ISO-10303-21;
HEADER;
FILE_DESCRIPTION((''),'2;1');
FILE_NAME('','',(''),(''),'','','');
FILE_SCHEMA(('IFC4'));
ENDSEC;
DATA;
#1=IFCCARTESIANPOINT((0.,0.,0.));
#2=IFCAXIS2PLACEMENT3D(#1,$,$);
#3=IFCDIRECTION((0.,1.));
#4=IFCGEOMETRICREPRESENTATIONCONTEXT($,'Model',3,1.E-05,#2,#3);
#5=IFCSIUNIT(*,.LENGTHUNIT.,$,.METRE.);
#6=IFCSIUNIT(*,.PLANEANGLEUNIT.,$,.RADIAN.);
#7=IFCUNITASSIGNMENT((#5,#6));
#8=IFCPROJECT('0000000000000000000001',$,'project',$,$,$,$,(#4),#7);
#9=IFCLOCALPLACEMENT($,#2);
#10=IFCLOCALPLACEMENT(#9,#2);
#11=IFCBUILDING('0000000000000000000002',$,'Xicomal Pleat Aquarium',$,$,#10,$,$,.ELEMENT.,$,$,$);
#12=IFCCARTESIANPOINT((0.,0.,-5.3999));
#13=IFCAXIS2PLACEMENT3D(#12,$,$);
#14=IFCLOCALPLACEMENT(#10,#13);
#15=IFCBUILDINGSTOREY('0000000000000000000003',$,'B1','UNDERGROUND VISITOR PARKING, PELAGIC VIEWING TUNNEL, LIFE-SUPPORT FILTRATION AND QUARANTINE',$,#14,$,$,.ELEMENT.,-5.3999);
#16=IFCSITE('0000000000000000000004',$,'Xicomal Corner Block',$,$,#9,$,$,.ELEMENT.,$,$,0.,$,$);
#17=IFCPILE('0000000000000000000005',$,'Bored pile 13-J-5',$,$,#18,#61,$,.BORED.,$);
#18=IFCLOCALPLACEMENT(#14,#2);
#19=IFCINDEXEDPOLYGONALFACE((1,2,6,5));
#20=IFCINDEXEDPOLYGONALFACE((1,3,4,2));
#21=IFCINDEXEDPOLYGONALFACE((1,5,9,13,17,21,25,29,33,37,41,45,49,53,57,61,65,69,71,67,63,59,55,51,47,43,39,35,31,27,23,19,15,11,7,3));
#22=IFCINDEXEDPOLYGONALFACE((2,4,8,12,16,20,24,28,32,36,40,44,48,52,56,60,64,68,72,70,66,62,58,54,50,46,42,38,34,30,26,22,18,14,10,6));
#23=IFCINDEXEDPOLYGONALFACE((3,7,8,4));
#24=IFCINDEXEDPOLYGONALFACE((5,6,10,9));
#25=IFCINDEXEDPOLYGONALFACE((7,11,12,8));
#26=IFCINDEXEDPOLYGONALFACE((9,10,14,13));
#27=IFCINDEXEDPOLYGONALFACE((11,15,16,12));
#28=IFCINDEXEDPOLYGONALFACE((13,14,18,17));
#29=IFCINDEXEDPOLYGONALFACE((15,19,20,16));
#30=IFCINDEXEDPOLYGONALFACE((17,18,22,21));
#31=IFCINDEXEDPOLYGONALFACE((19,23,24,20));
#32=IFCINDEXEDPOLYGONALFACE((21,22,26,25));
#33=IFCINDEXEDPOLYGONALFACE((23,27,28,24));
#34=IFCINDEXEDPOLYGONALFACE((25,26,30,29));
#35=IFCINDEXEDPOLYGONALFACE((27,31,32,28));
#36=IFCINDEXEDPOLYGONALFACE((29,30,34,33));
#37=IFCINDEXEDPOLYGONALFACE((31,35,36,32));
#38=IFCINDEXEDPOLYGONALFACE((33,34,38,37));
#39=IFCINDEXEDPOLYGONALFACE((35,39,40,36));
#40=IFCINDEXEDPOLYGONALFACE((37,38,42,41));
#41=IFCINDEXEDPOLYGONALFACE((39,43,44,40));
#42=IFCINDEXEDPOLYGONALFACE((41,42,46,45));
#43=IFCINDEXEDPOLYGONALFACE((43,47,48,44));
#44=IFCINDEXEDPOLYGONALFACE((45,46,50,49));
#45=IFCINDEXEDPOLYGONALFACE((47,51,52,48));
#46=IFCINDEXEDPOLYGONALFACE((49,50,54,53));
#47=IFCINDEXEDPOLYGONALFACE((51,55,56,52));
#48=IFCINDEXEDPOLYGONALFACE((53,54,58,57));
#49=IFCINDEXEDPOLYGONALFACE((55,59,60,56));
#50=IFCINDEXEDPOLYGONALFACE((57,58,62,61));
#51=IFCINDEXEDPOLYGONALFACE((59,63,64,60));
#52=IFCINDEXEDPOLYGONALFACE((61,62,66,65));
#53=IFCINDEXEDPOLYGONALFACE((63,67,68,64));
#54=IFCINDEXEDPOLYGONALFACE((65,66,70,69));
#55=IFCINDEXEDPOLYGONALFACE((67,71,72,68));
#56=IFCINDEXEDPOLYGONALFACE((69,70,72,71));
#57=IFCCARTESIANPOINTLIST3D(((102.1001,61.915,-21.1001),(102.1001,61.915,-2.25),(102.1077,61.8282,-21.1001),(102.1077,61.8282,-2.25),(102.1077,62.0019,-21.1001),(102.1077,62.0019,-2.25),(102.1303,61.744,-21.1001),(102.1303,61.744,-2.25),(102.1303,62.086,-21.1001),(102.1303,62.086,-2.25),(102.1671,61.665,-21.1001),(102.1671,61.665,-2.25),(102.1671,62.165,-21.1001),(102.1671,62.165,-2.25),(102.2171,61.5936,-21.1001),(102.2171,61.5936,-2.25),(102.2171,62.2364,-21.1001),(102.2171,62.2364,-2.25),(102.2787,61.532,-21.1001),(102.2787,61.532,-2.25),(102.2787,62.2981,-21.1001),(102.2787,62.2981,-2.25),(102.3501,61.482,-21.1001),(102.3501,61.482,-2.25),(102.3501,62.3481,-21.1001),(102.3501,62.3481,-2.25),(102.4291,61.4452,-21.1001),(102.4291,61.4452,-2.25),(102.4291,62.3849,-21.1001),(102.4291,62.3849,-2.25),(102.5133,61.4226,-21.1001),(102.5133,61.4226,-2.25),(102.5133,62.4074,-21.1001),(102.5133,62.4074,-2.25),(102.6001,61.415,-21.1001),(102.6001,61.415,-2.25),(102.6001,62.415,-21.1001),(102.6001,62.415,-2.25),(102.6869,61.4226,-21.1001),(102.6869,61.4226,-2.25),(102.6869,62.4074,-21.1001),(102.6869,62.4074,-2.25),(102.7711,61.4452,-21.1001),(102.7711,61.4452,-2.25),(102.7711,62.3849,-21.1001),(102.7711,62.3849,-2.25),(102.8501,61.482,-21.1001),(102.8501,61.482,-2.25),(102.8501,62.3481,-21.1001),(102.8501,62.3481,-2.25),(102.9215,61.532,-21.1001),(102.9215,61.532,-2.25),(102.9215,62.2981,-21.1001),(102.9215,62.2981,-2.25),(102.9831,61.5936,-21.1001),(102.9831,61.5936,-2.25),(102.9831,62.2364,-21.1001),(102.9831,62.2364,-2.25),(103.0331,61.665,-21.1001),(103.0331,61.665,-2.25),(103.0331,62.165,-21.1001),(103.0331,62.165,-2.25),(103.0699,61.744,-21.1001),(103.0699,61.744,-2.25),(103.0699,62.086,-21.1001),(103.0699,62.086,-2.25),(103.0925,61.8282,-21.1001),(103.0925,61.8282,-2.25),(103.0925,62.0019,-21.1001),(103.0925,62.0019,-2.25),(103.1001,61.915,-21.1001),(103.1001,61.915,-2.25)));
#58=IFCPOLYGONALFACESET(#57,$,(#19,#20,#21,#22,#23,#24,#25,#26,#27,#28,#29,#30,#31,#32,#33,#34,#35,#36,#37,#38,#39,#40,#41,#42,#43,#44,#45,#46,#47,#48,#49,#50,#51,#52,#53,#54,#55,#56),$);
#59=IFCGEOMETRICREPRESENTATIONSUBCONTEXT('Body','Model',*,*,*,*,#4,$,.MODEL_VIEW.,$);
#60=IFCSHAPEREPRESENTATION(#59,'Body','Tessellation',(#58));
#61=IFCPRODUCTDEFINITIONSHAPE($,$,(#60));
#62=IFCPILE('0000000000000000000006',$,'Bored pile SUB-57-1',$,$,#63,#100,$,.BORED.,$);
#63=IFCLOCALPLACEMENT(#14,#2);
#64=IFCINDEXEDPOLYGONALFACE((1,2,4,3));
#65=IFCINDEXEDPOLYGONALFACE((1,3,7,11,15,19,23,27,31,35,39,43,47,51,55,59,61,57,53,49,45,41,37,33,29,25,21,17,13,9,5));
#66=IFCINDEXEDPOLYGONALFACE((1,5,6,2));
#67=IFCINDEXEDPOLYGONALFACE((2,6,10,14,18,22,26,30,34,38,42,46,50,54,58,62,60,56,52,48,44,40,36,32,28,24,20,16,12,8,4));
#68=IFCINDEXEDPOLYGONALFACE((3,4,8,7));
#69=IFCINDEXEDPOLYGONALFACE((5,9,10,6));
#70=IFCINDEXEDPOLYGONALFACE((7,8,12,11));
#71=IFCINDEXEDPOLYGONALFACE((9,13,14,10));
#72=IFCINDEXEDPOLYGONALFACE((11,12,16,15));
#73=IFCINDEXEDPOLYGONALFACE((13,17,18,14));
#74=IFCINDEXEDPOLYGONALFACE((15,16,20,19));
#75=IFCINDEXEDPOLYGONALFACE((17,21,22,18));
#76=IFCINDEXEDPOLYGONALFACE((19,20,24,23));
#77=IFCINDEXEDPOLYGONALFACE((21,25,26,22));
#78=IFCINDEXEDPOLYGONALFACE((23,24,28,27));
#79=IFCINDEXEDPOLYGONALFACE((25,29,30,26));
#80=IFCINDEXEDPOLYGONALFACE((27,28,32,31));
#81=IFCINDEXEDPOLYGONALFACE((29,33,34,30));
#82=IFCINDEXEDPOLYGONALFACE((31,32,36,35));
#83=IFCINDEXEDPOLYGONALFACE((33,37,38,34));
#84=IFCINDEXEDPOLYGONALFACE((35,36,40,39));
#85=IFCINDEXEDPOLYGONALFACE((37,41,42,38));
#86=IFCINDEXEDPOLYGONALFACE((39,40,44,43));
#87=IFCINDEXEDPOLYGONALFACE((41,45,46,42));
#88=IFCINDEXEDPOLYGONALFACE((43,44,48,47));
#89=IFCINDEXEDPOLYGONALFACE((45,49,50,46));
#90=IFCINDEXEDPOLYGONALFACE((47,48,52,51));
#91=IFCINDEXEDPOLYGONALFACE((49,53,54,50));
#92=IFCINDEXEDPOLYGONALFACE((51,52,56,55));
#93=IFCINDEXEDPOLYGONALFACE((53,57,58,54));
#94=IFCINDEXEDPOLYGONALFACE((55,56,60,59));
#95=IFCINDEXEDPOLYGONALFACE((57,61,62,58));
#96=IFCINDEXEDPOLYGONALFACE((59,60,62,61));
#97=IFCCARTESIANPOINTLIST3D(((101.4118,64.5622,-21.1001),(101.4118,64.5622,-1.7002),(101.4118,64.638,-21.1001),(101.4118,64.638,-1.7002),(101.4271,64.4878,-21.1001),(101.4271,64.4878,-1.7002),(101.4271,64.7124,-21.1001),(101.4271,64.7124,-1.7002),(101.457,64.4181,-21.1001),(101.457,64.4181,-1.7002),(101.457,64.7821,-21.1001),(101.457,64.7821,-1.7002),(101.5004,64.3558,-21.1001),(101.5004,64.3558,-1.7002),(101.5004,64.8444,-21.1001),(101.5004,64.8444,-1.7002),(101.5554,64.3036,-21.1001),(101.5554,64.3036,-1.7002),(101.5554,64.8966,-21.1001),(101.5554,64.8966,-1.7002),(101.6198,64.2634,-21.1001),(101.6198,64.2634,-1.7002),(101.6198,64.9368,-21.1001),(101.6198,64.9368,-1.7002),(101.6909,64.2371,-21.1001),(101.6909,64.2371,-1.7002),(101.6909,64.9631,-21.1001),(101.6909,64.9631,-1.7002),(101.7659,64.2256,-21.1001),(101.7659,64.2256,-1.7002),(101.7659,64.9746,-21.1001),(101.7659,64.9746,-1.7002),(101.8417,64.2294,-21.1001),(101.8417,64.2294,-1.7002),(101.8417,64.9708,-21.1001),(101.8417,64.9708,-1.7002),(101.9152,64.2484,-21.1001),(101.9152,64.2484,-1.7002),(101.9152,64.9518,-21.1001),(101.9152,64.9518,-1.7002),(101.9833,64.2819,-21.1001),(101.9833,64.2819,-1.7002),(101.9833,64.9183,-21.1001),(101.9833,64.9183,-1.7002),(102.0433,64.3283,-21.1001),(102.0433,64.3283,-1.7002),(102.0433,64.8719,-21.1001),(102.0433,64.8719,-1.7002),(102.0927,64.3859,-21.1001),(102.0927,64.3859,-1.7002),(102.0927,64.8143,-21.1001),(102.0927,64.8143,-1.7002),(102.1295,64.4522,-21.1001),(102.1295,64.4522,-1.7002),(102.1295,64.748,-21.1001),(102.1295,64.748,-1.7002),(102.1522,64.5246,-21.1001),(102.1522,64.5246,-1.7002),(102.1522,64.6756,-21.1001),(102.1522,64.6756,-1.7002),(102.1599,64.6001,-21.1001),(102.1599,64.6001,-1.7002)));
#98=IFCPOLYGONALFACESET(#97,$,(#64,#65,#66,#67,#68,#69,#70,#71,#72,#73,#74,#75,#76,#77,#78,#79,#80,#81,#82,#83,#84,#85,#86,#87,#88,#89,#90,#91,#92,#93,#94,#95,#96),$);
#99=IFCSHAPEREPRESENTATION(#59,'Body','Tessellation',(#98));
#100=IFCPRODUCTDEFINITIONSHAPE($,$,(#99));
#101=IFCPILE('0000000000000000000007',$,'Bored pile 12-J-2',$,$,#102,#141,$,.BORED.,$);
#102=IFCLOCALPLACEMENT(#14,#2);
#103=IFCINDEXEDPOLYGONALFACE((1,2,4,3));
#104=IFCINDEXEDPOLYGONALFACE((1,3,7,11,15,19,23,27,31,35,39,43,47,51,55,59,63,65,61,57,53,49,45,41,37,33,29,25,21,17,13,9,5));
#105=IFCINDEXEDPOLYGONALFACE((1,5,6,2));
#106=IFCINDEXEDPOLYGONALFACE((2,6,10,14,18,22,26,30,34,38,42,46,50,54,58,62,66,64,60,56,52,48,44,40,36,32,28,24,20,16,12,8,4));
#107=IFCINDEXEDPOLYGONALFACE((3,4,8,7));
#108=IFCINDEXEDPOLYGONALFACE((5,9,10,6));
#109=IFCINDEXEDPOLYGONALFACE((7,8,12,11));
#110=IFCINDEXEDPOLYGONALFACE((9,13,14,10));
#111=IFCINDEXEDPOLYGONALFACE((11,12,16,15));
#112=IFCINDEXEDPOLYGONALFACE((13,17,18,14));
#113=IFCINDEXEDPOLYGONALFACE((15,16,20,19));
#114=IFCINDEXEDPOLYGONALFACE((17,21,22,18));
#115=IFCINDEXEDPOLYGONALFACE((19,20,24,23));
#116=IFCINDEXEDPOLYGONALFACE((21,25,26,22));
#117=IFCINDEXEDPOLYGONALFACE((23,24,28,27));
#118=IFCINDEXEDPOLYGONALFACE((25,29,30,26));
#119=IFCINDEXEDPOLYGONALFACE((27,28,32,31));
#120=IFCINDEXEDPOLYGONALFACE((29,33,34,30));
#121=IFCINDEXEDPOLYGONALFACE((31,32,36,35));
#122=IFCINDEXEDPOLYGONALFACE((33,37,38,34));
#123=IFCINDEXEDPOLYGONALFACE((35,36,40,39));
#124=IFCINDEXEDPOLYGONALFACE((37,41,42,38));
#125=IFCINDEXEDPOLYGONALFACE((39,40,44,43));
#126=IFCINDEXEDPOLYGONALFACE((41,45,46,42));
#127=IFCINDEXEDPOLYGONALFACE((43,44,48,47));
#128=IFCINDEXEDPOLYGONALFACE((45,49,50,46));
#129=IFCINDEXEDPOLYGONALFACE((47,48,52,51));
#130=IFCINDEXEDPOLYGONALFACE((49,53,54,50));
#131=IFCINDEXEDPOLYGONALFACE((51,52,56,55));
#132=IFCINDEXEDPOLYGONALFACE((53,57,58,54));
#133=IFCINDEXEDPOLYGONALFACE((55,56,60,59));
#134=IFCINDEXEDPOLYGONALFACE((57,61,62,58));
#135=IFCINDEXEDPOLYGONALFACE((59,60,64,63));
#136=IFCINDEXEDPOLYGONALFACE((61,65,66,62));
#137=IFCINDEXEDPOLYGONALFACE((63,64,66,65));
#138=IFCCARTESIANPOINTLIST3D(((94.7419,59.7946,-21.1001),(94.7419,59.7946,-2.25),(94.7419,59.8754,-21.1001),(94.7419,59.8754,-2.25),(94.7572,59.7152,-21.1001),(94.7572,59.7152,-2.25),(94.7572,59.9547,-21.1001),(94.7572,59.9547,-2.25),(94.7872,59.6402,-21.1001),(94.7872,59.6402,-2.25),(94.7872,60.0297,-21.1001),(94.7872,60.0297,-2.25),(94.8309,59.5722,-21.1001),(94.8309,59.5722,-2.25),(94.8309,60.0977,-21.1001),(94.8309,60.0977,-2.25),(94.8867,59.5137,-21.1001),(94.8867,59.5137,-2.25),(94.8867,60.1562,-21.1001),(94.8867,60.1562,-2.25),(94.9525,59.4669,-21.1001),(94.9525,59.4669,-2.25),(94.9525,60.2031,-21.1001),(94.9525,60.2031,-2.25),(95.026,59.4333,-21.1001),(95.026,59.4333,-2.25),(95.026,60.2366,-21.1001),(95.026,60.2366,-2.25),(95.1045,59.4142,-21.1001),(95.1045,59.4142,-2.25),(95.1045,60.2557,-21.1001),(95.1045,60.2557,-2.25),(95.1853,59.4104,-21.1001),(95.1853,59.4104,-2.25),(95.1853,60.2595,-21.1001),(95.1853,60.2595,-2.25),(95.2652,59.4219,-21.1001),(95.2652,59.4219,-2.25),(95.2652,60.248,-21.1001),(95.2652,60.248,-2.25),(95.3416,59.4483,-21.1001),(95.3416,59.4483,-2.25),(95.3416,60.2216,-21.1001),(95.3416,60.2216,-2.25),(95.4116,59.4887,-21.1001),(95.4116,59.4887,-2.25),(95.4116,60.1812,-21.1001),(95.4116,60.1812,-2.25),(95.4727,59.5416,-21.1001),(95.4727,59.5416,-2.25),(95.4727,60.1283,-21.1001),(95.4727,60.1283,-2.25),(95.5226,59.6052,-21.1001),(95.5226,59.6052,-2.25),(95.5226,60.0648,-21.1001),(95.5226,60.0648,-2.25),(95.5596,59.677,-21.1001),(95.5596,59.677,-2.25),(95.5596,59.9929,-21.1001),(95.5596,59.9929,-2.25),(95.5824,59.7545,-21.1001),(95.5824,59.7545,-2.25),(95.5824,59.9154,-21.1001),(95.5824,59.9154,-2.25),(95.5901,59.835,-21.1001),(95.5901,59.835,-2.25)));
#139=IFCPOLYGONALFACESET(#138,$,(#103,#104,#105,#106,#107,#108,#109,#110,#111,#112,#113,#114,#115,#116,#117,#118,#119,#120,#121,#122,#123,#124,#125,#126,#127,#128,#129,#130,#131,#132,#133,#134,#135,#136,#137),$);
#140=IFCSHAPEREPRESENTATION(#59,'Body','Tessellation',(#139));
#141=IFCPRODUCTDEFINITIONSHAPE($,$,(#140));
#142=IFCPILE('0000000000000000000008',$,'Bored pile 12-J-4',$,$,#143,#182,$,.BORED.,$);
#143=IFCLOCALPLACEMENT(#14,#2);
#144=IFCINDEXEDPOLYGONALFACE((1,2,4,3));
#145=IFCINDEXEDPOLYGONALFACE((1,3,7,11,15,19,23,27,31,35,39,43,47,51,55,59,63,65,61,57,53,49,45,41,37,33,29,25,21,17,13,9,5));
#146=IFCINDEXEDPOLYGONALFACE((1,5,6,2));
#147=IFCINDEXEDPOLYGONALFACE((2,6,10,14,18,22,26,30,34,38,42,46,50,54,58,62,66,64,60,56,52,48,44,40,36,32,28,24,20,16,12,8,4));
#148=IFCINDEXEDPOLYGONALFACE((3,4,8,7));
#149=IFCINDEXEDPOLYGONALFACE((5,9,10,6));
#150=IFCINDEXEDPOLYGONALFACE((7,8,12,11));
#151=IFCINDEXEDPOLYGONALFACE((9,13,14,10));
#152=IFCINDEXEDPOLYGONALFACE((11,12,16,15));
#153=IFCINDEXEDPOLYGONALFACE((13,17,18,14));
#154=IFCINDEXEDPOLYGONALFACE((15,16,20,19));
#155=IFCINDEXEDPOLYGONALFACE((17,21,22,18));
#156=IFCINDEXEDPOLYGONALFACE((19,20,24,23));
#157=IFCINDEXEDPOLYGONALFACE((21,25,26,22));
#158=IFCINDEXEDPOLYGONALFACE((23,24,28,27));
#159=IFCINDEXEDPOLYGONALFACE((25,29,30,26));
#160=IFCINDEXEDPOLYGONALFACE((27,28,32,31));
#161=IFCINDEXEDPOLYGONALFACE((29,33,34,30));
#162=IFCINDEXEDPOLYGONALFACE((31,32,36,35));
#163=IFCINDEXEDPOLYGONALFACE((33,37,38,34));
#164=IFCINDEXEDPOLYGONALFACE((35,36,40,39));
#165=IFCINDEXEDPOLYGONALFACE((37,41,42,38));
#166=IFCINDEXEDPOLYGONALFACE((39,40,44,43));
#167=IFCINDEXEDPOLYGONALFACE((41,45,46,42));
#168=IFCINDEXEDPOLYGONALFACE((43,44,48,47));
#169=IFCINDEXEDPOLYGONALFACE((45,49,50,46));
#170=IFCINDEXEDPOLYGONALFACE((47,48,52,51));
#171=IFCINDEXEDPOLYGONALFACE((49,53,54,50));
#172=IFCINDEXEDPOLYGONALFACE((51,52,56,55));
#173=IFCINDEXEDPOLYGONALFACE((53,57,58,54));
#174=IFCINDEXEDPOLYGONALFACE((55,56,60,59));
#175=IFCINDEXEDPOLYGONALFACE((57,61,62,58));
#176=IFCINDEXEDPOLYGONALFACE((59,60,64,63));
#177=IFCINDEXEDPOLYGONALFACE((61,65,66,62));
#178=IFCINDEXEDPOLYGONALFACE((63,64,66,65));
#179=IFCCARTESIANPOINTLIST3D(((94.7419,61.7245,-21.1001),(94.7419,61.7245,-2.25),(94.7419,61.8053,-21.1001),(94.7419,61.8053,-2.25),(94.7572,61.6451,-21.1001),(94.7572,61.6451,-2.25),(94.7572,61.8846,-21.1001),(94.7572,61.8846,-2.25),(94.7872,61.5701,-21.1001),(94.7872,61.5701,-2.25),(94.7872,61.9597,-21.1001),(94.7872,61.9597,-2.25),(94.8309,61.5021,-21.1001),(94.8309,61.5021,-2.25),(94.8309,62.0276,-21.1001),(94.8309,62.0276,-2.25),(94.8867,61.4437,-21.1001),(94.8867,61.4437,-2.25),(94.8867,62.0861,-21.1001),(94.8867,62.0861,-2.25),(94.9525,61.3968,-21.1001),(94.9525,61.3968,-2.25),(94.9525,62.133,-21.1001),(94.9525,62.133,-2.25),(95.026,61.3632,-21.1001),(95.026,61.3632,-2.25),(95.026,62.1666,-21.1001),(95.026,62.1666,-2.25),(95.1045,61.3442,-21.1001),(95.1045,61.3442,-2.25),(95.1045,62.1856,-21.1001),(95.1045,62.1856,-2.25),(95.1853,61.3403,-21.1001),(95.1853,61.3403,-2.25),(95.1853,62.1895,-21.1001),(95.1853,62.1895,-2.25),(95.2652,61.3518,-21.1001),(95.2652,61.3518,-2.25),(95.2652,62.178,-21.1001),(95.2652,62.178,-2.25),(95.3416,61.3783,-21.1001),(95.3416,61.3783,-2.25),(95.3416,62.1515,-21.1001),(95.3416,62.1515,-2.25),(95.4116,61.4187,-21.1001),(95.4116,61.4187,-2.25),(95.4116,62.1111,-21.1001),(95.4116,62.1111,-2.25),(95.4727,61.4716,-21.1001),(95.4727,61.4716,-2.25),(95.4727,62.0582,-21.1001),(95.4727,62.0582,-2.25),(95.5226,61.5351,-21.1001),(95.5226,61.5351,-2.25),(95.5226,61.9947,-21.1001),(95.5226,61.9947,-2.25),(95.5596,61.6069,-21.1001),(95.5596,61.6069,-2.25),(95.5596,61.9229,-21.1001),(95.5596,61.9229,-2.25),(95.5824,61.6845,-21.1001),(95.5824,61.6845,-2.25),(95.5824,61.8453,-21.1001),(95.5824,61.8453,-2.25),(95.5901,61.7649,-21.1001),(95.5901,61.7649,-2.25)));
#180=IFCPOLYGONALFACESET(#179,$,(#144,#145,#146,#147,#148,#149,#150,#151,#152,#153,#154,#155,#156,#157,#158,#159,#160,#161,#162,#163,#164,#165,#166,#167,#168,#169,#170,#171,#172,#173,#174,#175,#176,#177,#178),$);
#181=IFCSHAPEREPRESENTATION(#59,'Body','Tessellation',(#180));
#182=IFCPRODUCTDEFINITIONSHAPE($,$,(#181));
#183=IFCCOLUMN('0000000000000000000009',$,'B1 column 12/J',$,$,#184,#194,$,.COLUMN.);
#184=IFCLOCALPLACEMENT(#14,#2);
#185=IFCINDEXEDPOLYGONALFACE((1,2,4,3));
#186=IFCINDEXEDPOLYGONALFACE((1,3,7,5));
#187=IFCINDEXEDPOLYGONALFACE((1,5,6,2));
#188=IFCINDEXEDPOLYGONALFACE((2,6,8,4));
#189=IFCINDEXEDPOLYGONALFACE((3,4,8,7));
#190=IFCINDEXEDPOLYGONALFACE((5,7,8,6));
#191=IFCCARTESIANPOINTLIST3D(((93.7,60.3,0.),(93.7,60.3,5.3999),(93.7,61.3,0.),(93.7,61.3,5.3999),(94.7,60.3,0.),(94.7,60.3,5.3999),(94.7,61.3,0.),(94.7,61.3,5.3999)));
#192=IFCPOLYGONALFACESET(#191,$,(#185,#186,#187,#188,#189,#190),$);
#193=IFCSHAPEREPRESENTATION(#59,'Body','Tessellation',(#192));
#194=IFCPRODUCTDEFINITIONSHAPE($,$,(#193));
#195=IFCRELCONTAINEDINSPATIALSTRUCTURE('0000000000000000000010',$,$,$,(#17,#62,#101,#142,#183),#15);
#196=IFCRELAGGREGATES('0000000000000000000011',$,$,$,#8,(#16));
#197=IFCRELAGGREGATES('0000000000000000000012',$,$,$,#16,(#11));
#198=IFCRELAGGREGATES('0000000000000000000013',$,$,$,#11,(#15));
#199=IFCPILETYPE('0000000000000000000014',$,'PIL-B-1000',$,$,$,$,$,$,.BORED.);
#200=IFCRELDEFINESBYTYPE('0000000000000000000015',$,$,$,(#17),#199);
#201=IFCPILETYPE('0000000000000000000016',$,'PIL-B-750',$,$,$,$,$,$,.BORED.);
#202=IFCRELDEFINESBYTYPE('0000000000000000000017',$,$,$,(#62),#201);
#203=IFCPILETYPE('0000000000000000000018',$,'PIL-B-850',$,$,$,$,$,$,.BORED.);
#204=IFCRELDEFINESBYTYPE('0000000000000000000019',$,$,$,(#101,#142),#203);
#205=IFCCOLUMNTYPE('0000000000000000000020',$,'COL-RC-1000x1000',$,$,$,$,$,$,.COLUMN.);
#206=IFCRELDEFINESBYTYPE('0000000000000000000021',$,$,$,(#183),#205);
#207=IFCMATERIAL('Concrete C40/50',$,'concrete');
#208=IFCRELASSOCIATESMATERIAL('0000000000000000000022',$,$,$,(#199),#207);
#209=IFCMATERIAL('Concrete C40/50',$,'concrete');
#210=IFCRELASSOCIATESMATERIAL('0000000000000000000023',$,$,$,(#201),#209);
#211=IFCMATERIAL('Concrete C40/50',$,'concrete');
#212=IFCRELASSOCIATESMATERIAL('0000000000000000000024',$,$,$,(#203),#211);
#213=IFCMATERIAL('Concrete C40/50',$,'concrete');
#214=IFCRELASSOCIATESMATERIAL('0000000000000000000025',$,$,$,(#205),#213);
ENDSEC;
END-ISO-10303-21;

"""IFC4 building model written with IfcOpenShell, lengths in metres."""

from ifc_helpers import new_model, si_unit, direction, frame, origin, origin_2d, place, context, subcontext, project, spatial, rectangle, circle, extrude, material, material_profile, profile_set, type_object, element, save


model = new_model("IFC4")

# Units and contexts
model_context = context("Model", 3, precision=1e-05, world=origin(), true_north=direction((0.0, 1.0)))
body_context = subcontext(model_context, "Body", "Model", "MODEL_VIEW")
ifc_project = project(units=[si_unit("LENGTHUNIT", "METRE"), si_unit("PLANEANGLEUNIT", "RADIAN")], contexts=[model_context])

# Site, building, storey
site_placement = place(None, origin())
site = spatial("IfcSite", under=ifc_project, at=site_placement, Name="Xicomal Corner Block", CompositionType="ELEMENT", RefElevation=0.0)
building_placement = place(site_placement, origin())
building = spatial("IfcBuilding", under=site, at=building_placement, Name="Xicomal Pleat Aquarium", CompositionType="ELEMENT")
storey_placement = place(building_placement, frame((0.0, 0.0, -5.3999)))
storey = spatial("IfcBuildingStorey", under=building, at=storey_placement, Name="B1", Description="UNDERGROUND VISITOR PARKING, PELAGIC VIEWING TUNNEL, LIFE-SUPPORT FILTRATION AND QUARANTINE", CompositionType="ELEMENT", Elevation=-5.3999)

# Piles
ifc_material_1 = material(Name="Concrete C40/50", Category="concrete")
ifc_material_profile_1 = material_profile(ifc_material_1, circle(Radius=0.5, at=origin_2d()), Name="BORED PILE D1000")
ifc_profile_set_1 = profile_set([ifc_material_profile_1], Name="Concrete C40/50")
pile_type_1 = type_object("IfcPileType", Name="PIL-B-1000", PredefinedType="BORED", material=ifc_profile_set_1)
for number, where, z_axis, x_axis, name in (
    (1, (102.6001, 61.915, -2.25), (0.0, 0.0, -1.0), (1.0, 0.0, 0.0), "Bored pile 13-J-5"),
):
    element("IfcPile", number, at=place(storey_placement, frame(where, z_axis=z_axis, x_axis=x_axis)), inside=storey, type_object=pile_type_1, Name=name, PredefinedType="BORED", context=body_context, shape_type="SweptSolid", body=[
        extrude(circle(Radius=0.5, at=origin_2d()), origin(), (0.0, 0.0, 1.0), 18.8501),
    ])
ifc_material_2 = material(Name="Concrete C40/50", Category="concrete")
ifc_material_profile_2 = material_profile(ifc_material_2, circle(Radius=0.375, at=origin_2d()), Name="BORED PILE D750")
ifc_profile_set_2 = profile_set([ifc_material_profile_2], Name="Concrete C40/50")
pile_type_2 = type_object("IfcPileType", Name="PIL-B-750", PredefinedType="BORED", material=ifc_profile_set_2)
pile_placement = place(storey_placement, frame((101.7849, 64.6001, -1.7002), z_axis=(0.0, 0.0, -1.0), x_axis=(1.0, 0.0, 0.0)))
element("IfcPile", 2, at=pile_placement, inside=storey, type_object=pile_type_2, Name="Bored pile SUB-57-1", PredefinedType="BORED", context=body_context, shape_type="SweptSolid", body=[
    extrude(circle(Radius=0.375, at=origin_2d()), origin(), (0.0, 0.0, 1.0), 19.3999),
])
ifc_material_3 = material(Name="Concrete C40/50", Category="concrete")
ifc_material_profile_3 = material_profile(ifc_material_3, circle(Radius=0.425, at=origin_2d()), Name="BORED PILE D850")
ifc_profile_set_3 = profile_set([ifc_material_profile_3], Name="Concrete C40/50")
pile_type_3 = type_object("IfcPileType", Name="PIL-B-850", PredefinedType="BORED", material=ifc_profile_set_3)
for number, where, z_axis, x_axis, name in (
    (3, (95.165, 59.835, -2.25), (0.0, 0.0, -1.0), (1.0, 0.0, 0.0), "Bored pile 12-J-2"),
    (4, (95.165, 61.7649, -2.25), (0.0, 0.0, -1.0), (1.0, 0.0, 0.0), "Bored pile 12-J-4"),
):
    element("IfcPile", number, at=place(storey_placement, frame(where, z_axis=z_axis, x_axis=x_axis)), inside=storey, type_object=pile_type_3, Name=name, PredefinedType="BORED", context=body_context, shape_type="SweptSolid", body=[
        extrude(circle(Radius=0.425, at=origin_2d()), origin(), (0.0, 0.0, 1.0), 18.8501),
    ])

# Column
ifc_material_4 = material(Name="Concrete C40/50", Category="concrete")
ifc_material_profile_4 = material_profile(ifc_material_4, rectangle(XDim=1.0, YDim=1.0, at=origin_2d()), Name="RC 1000x1000")
ifc_profile_set_4 = profile_set([ifc_material_profile_4], Name="Concrete C40/50")
column_type_1 = type_object("IfcColumnType", Name="COL-RC-1000x1000", PredefinedType="COLUMN", material=ifc_profile_set_4)
for number, where, z_axis, x_axis, name in (
    (5, (94.2, 60.8, 0.0), (0.0, 0.0, 1.0), (1.0, 0.0, 0.0), "B1 column 12/J"),
):
    element("IfcColumn", number, at=place(storey_placement, frame(where, z_axis=z_axis, x_axis=x_axis)), inside=storey, type_object=column_type_1, Name=name, PredefinedType="COLUMN", context=body_context, shape_type="SweptSolid", body=[
        extrude(rectangle(XDim=1.0, YDim=1.0, at=origin_2d()), origin(), (0.0, 0.0, 1.0), 5.3999),
    ])

save(model, "model.ifc")
